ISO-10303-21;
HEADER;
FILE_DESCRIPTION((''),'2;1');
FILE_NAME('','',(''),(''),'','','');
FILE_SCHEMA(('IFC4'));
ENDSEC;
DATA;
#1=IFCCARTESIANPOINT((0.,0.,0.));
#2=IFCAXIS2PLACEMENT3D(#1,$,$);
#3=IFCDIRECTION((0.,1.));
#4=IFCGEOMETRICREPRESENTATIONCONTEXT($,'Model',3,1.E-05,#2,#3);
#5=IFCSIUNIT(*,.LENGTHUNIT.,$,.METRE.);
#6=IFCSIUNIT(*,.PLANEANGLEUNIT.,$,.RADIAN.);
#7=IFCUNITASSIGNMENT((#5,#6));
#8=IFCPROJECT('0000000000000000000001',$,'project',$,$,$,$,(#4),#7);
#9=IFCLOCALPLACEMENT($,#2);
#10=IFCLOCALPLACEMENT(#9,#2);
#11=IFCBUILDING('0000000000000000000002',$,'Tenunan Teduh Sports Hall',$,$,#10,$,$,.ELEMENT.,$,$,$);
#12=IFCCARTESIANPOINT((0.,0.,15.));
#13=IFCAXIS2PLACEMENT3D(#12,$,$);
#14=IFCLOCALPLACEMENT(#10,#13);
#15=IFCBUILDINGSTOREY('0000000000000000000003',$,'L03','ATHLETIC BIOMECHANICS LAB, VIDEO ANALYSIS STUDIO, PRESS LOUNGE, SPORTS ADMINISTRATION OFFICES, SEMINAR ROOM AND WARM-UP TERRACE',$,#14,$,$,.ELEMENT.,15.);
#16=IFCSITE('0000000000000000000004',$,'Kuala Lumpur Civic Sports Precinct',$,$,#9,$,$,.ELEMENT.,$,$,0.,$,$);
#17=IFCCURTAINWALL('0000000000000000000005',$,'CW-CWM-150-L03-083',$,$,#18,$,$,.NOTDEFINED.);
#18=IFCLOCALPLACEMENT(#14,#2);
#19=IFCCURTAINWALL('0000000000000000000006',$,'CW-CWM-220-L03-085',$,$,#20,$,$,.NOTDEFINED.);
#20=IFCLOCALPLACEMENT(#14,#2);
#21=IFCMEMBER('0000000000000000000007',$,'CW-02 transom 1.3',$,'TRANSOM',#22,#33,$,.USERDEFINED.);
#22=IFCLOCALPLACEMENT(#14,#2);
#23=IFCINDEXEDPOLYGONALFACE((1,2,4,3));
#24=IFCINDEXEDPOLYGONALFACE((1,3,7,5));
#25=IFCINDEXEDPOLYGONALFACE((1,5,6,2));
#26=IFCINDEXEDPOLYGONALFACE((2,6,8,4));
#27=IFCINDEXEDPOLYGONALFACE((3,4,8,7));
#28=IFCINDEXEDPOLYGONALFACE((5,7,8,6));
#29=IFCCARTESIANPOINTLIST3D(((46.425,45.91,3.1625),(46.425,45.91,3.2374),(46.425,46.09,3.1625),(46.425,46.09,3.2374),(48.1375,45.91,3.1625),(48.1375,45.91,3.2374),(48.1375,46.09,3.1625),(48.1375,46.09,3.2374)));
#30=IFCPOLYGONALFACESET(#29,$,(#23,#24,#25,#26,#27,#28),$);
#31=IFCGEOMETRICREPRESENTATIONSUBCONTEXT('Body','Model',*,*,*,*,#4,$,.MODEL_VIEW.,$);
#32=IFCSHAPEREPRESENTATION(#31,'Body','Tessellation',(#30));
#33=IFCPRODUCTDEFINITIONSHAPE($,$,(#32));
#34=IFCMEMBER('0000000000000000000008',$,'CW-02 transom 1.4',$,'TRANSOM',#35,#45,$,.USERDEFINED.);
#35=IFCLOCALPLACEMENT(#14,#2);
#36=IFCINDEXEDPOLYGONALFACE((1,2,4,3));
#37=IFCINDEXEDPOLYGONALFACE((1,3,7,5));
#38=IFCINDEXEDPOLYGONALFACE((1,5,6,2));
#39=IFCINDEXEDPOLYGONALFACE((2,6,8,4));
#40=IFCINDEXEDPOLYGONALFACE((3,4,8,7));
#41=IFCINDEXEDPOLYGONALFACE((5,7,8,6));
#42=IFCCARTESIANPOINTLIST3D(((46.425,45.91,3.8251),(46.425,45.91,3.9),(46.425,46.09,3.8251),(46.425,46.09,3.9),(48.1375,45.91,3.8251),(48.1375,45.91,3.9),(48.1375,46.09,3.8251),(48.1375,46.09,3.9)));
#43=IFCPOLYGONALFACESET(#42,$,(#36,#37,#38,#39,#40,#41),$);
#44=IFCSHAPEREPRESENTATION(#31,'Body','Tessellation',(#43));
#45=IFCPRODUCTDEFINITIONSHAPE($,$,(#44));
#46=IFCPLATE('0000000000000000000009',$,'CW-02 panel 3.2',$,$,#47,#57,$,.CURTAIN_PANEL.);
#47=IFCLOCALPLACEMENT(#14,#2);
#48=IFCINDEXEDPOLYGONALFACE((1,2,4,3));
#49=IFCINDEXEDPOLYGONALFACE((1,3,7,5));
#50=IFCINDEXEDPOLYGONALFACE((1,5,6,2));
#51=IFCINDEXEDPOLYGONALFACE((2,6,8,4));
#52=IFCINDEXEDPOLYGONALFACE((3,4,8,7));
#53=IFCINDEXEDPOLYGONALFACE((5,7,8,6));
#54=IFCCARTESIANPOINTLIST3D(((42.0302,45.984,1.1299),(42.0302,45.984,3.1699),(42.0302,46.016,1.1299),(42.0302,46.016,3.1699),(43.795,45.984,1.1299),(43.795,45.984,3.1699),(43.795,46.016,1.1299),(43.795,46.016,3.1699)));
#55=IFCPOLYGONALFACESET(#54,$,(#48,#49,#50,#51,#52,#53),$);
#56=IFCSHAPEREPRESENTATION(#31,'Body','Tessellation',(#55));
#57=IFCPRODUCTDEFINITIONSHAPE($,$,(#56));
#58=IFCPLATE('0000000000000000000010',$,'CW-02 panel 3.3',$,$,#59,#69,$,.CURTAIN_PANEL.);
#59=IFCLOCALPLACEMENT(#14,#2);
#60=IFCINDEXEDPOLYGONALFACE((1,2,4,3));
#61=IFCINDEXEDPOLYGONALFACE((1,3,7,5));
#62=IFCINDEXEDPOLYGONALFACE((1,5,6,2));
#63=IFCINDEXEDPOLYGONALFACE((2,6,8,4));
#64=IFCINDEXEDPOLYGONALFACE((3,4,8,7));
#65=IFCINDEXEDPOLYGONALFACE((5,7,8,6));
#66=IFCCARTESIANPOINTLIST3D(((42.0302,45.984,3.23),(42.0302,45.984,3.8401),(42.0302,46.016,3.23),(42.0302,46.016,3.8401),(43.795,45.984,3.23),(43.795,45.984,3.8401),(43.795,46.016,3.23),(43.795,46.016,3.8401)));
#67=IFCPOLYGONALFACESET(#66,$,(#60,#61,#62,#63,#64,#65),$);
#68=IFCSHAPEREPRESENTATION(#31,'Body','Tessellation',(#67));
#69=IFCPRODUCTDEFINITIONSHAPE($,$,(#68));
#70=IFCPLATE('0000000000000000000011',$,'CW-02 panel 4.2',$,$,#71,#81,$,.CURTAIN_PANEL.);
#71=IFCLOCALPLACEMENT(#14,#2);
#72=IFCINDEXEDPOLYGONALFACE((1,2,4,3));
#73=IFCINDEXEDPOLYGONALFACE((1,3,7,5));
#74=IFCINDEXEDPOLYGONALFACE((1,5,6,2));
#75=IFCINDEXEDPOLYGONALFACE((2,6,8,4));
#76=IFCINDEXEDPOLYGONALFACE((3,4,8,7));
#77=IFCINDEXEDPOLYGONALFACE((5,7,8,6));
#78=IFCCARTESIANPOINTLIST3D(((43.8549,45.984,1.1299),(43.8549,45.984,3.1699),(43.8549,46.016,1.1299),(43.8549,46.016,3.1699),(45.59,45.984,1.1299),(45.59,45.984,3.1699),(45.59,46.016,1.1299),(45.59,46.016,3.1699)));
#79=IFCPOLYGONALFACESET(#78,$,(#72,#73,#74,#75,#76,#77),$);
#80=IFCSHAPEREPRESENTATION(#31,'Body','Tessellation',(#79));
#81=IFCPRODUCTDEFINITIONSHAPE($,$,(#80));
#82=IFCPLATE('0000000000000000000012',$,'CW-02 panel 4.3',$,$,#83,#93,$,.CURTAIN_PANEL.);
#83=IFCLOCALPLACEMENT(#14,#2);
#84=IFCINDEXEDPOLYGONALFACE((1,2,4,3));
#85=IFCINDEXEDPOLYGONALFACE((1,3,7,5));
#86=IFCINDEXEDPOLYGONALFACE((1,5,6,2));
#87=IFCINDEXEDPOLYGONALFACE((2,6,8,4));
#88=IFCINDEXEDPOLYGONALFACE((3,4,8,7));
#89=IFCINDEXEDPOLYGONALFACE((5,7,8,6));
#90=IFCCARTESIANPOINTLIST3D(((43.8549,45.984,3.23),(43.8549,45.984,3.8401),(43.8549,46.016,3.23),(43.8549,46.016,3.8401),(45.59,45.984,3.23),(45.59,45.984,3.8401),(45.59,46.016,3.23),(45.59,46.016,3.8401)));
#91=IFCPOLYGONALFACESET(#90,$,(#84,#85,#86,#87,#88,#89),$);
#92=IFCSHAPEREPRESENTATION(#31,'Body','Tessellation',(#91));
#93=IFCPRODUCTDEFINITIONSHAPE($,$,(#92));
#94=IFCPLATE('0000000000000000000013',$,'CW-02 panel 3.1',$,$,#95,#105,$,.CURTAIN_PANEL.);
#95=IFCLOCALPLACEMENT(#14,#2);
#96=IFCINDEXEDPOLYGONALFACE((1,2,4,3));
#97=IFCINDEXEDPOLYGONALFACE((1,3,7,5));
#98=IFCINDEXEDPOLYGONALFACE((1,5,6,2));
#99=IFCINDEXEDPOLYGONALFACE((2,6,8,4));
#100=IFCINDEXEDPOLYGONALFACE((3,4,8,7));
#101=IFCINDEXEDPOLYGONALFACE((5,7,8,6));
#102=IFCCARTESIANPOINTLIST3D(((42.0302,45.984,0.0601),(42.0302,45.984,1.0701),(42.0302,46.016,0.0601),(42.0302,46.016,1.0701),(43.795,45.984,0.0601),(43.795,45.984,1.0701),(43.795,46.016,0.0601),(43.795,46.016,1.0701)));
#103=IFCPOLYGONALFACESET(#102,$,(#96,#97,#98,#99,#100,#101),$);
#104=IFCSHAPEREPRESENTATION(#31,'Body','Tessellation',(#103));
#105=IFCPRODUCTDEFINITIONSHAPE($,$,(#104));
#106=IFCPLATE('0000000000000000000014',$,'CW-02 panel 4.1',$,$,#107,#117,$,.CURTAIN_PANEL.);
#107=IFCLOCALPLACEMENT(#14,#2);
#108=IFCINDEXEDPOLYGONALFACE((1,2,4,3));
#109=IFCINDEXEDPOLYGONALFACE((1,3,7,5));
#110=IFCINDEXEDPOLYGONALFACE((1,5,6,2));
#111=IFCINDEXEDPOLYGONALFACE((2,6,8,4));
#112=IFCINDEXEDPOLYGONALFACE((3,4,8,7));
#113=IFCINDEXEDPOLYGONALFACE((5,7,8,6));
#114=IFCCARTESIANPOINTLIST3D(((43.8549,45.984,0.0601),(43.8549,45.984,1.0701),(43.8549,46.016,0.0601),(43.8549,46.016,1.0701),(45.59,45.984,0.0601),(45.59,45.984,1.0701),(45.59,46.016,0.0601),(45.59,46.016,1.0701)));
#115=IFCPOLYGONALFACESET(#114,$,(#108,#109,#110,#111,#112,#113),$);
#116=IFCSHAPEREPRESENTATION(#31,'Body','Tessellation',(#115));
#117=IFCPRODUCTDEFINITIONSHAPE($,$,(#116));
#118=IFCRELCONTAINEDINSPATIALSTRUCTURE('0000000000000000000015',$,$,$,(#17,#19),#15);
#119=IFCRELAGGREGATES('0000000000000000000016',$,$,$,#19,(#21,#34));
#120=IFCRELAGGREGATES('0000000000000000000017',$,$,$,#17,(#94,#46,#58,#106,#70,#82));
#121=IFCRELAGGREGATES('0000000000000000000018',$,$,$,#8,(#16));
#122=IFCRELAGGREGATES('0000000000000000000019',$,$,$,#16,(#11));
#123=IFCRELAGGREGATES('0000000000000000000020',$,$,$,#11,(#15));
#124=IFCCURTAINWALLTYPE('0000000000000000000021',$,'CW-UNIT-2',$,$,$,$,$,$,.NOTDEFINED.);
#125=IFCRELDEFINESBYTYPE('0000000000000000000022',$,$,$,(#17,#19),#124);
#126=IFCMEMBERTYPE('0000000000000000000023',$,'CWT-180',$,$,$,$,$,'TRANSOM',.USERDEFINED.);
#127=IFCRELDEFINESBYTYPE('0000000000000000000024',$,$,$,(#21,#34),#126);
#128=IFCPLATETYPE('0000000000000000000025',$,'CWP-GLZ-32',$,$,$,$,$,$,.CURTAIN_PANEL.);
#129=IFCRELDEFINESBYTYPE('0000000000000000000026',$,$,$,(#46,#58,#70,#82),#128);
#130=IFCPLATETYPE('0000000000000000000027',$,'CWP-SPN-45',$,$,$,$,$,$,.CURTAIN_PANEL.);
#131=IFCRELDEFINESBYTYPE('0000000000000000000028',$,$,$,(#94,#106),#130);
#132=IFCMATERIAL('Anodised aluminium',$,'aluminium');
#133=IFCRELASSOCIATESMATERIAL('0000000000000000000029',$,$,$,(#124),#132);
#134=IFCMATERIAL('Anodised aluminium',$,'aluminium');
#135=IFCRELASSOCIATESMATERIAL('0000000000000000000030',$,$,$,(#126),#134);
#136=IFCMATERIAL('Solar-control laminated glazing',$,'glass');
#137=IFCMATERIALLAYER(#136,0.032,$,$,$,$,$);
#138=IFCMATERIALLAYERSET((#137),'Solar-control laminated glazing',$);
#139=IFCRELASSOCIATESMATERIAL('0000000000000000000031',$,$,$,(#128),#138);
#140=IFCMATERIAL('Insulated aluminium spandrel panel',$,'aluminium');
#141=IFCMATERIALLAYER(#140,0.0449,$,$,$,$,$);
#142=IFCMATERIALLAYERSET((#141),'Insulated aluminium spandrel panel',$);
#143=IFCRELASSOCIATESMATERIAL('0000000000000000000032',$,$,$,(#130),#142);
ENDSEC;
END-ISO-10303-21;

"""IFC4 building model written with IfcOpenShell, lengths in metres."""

from ifc_helpers import new_model, si_unit, direction, frame, origin, origin_2d, place, context, subcontext, project, spatial, rectangle, extrude, material, layer, layer_set, material_profile, profile_set, type_object, element, aggregate, save


model = new_model("IFC4")

# Units and contexts
model_context = context("Model", 3, precision=1e-05, world=origin(), true_north=direction((0.0, 1.0)))
body_context = subcontext(model_context, "Body", "Model", "MODEL_VIEW")
ifc_project = project(units=[si_unit("LENGTHUNIT", "METRE"), si_unit("PLANEANGLEUNIT", "RADIAN")], contexts=[model_context])

# Site, building, storey
site_placement = place(None, origin())
site = spatial("IfcSite", under=ifc_project, at=site_placement, Name="Kuala Lumpur Civic Sports Precinct", CompositionType="ELEMENT", RefElevation=0.0)
building_placement = place(site_placement, origin())
building = spatial("IfcBuilding", under=site, at=building_placement, Name="Tenunan Teduh Sports Hall", CompositionType="ELEMENT")
storey_placement = place(building_placement, frame((0.0, 0.0, 15.0)))
storey = spatial("IfcBuildingStorey", under=building, at=storey_placement, Name="L03", Description="ATHLETIC BIOMECHANICS LAB, VIDEO ANALYSIS STUDIO, PRESS LOUNGE, SPORTS ADMINISTRATION OFFICES, SEMINAR ROOM AND WARM-UP TERRACE", CompositionType="ELEMENT", Elevation=15.0)

# Curtain wall
ifc_material_1 = material(Name="Anodised aluminium", Category="aluminium")
curtain_wall_type = type_object("IfcCurtainWallType", Name="CW-UNIT-2", PredefinedType="NOTDEFINED", material=ifc_material_1)
curtain_wall_1_placement = place(storey_placement, origin())
curtain_wall_1 = element("IfcCurtainWall", 1, at=curtain_wall_1_placement, inside=storey, type_object=curtain_wall_type, Name="CW-CWM-150-L03-083", PredefinedType="NOTDEFINED")

# Curtain wall
curtain_wall_2_placement = place(storey_placement, origin())
curtain_wall_2 = element("IfcCurtainWall", 2, at=curtain_wall_2_placement, inside=storey, type_object=curtain_wall_type, Name="CW-CWM-220-L03-085", PredefinedType="NOTDEFINED")

# Members
ifc_material_2 = material(Name="Anodised aluminium", Category="aluminium")
ifc_material_profile_1 = material_profile(ifc_material_2, rectangle(XDim=0.075, YDim=0.1799, at=origin_2d()), Name="CWT 75x180")
ifc_profile_set_1 = profile_set([ifc_material_profile_1], Name="Anodised aluminium")
member_type_1 = type_object("IfcMemberType", Name="CWT-180", ElementType="TRANSOM", PredefinedType="USERDEFINED", material=ifc_profile_set_1)
member_1_placement = place(storey_placement, frame((46.425, 46.0, 3.2), z_axis=(1.0, 0.0, 0.0), x_axis=(0.0, 0.0, 1.0)))
member_1 = element("IfcMember", 3, at=member_1_placement, type_object=member_type_1, Name="CW-02 transom 1.3", ObjectType="TRANSOM", PredefinedType="USERDEFINED", context=body_context, shape_type="SweptSolid", body=[
    extrude(rectangle(XDim=0.075, YDim=0.1799, at=origin_2d()), origin(), (0.0, 0.0, 1.0), 1.7124),
])
member_2_placement = place(storey_placement, frame((46.425, 46.0, 3.8625), z_axis=(1.0, 0.0, 0.0), x_axis=(0.0, 0.0, 1.0)))
member_2 = element("IfcMember", 4, at=member_2_placement, type_object=member_type_1, Name="CW-02 transom 1.4", ObjectType="TRANSOM", PredefinedType="USERDEFINED", context=body_context, shape_type="SweptSolid", body=[
    extrude(rectangle(XDim=0.075, YDim=0.1799, at=origin_2d()), origin(), (0.0, 0.0, 1.0), 1.7124),
])
aggregate(curtain_wall_2, [member_1, member_2])

# Plates
ifc_material_3 = material(Name="Solar-control laminated glazing", Category="glass")
ifc_layer_1 = layer(ifc_material_3, 0.032)
ifc_layer_set_1 = layer_set([ifc_layer_1], Name="Solar-control laminated glazing")
plate_type_1 = type_object("IfcPlateType", Name="CWP-GLZ-32", PredefinedType="CURTAIN_PANEL", material=ifc_layer_set_1)
plate_1_placement = place(storey_placement, frame((42.9126, 46.0, 1.1299), z_axis=(0.0, 0.0, 1.0), x_axis=(1.0, 0.0, 0.0)))
plate_1 = element("IfcPlate", 5, at=plate_1_placement, type_object=plate_type_1, Name="CW-02 panel 3.2", PredefinedType="CURTAIN_PANEL", context=body_context, shape_type="SweptSolid", body=[
    extrude(rectangle(XDim=1.7649, YDim=0.032, at=origin_2d()), origin(), (0.0, 0.0, 1.0), 2.04),
])
plate_2_placement = place(storey_placement, frame((42.9126, 46.0, 3.23), z_axis=(0.0, 0.0, 1.0), x_axis=(1.0, 0.0, 0.0)))
plate_2 = element("IfcPlate", 6, at=plate_2_placement, type_object=plate_type_1, Name="CW-02 panel 3.3", PredefinedType="CURTAIN_PANEL", context=body_context, shape_type="SweptSolid", body=[
    extrude(rectangle(XDim=1.7649, YDim=0.032, at=origin_2d()), origin(), (0.0, 0.0, 1.0), 0.6101),
])
plate_3_placement = place(storey_placement, frame((44.7224, 46.0, 1.1299), z_axis=(0.0, 0.0, 1.0), x_axis=(1.0, 0.0, 0.0)))
plate_3 = element("IfcPlate", 7, at=plate_3_placement, type_object=plate_type_1, Name="CW-02 panel 4.2", PredefinedType="CURTAIN_PANEL", context=body_context, shape_type="SweptSolid", body=[
    extrude(rectangle(XDim=1.7351, YDim=0.032, at=origin_2d()), origin(), (0.0, 0.0, 1.0), 2.04),
])
plate_4_placement = place(storey_placement, frame((44.7224, 46.0, 3.23), z_axis=(0.0, 0.0, 1.0), x_axis=(1.0, 0.0, 0.0)))
plate_4 = element("IfcPlate", 8, at=plate_4_placement, type_object=plate_type_1, Name="CW-02 panel 4.3", PredefinedType="CURTAIN_PANEL", context=body_context, shape_type="SweptSolid", body=[
    extrude(rectangle(XDim=1.7351, YDim=0.032, at=origin_2d()), origin(), (0.0, 0.0, 1.0), 0.6101),
])
ifc_material_4 = material(Name="Insulated aluminium spandrel panel", Category="aluminium")
ifc_layer_2 = layer(ifc_material_4, 0.0449)
ifc_layer_set_2 = layer_set([ifc_layer_2], Name="Insulated aluminium spandrel panel")
plate_type_2 = type_object("IfcPlateType", Name="CWP-SPN-45", PredefinedType="CURTAIN_PANEL", material=ifc_layer_set_2)
plate_5_placement = place(storey_placement, frame((42.9126, 46.0, 0.0601), z_axis=(0.0, 0.0, 1.0), x_axis=(1.0, 0.0, 0.0)))
plate_5 = element("IfcPlate", 9, at=plate_5_placement, type_object=plate_type_2, Name="CW-02 panel 3.1", PredefinedType="CURTAIN_PANEL", context=body_context, shape_type="SweptSolid", body=[
    extrude(rectangle(XDim=1.7649, YDim=0.032, at=origin_2d()), origin(), (0.0, 0.0, 1.0), 1.01),
])
plate_6_placement = place(storey_placement, frame((44.7224, 46.0, 0.0601), z_axis=(0.0, 0.0, 1.0), x_axis=(1.0, 0.0, 0.0)))
plate_6 = element("IfcPlate", 10, at=plate_6_placement, type_object=plate_type_2, Name="CW-02 panel 4.1", PredefinedType="CURTAIN_PANEL", context=body_context, shape_type="SweptSolid", body=[
    extrude(rectangle(XDim=1.7351, YDim=0.032, at=origin_2d()), origin(), (0.0, 0.0, 1.0), 1.01),
])
aggregate(curtain_wall_1, [plate_5, plate_1, plate_2, plate_6, plate_3, plate_4])

save(model, "model.ifc")
